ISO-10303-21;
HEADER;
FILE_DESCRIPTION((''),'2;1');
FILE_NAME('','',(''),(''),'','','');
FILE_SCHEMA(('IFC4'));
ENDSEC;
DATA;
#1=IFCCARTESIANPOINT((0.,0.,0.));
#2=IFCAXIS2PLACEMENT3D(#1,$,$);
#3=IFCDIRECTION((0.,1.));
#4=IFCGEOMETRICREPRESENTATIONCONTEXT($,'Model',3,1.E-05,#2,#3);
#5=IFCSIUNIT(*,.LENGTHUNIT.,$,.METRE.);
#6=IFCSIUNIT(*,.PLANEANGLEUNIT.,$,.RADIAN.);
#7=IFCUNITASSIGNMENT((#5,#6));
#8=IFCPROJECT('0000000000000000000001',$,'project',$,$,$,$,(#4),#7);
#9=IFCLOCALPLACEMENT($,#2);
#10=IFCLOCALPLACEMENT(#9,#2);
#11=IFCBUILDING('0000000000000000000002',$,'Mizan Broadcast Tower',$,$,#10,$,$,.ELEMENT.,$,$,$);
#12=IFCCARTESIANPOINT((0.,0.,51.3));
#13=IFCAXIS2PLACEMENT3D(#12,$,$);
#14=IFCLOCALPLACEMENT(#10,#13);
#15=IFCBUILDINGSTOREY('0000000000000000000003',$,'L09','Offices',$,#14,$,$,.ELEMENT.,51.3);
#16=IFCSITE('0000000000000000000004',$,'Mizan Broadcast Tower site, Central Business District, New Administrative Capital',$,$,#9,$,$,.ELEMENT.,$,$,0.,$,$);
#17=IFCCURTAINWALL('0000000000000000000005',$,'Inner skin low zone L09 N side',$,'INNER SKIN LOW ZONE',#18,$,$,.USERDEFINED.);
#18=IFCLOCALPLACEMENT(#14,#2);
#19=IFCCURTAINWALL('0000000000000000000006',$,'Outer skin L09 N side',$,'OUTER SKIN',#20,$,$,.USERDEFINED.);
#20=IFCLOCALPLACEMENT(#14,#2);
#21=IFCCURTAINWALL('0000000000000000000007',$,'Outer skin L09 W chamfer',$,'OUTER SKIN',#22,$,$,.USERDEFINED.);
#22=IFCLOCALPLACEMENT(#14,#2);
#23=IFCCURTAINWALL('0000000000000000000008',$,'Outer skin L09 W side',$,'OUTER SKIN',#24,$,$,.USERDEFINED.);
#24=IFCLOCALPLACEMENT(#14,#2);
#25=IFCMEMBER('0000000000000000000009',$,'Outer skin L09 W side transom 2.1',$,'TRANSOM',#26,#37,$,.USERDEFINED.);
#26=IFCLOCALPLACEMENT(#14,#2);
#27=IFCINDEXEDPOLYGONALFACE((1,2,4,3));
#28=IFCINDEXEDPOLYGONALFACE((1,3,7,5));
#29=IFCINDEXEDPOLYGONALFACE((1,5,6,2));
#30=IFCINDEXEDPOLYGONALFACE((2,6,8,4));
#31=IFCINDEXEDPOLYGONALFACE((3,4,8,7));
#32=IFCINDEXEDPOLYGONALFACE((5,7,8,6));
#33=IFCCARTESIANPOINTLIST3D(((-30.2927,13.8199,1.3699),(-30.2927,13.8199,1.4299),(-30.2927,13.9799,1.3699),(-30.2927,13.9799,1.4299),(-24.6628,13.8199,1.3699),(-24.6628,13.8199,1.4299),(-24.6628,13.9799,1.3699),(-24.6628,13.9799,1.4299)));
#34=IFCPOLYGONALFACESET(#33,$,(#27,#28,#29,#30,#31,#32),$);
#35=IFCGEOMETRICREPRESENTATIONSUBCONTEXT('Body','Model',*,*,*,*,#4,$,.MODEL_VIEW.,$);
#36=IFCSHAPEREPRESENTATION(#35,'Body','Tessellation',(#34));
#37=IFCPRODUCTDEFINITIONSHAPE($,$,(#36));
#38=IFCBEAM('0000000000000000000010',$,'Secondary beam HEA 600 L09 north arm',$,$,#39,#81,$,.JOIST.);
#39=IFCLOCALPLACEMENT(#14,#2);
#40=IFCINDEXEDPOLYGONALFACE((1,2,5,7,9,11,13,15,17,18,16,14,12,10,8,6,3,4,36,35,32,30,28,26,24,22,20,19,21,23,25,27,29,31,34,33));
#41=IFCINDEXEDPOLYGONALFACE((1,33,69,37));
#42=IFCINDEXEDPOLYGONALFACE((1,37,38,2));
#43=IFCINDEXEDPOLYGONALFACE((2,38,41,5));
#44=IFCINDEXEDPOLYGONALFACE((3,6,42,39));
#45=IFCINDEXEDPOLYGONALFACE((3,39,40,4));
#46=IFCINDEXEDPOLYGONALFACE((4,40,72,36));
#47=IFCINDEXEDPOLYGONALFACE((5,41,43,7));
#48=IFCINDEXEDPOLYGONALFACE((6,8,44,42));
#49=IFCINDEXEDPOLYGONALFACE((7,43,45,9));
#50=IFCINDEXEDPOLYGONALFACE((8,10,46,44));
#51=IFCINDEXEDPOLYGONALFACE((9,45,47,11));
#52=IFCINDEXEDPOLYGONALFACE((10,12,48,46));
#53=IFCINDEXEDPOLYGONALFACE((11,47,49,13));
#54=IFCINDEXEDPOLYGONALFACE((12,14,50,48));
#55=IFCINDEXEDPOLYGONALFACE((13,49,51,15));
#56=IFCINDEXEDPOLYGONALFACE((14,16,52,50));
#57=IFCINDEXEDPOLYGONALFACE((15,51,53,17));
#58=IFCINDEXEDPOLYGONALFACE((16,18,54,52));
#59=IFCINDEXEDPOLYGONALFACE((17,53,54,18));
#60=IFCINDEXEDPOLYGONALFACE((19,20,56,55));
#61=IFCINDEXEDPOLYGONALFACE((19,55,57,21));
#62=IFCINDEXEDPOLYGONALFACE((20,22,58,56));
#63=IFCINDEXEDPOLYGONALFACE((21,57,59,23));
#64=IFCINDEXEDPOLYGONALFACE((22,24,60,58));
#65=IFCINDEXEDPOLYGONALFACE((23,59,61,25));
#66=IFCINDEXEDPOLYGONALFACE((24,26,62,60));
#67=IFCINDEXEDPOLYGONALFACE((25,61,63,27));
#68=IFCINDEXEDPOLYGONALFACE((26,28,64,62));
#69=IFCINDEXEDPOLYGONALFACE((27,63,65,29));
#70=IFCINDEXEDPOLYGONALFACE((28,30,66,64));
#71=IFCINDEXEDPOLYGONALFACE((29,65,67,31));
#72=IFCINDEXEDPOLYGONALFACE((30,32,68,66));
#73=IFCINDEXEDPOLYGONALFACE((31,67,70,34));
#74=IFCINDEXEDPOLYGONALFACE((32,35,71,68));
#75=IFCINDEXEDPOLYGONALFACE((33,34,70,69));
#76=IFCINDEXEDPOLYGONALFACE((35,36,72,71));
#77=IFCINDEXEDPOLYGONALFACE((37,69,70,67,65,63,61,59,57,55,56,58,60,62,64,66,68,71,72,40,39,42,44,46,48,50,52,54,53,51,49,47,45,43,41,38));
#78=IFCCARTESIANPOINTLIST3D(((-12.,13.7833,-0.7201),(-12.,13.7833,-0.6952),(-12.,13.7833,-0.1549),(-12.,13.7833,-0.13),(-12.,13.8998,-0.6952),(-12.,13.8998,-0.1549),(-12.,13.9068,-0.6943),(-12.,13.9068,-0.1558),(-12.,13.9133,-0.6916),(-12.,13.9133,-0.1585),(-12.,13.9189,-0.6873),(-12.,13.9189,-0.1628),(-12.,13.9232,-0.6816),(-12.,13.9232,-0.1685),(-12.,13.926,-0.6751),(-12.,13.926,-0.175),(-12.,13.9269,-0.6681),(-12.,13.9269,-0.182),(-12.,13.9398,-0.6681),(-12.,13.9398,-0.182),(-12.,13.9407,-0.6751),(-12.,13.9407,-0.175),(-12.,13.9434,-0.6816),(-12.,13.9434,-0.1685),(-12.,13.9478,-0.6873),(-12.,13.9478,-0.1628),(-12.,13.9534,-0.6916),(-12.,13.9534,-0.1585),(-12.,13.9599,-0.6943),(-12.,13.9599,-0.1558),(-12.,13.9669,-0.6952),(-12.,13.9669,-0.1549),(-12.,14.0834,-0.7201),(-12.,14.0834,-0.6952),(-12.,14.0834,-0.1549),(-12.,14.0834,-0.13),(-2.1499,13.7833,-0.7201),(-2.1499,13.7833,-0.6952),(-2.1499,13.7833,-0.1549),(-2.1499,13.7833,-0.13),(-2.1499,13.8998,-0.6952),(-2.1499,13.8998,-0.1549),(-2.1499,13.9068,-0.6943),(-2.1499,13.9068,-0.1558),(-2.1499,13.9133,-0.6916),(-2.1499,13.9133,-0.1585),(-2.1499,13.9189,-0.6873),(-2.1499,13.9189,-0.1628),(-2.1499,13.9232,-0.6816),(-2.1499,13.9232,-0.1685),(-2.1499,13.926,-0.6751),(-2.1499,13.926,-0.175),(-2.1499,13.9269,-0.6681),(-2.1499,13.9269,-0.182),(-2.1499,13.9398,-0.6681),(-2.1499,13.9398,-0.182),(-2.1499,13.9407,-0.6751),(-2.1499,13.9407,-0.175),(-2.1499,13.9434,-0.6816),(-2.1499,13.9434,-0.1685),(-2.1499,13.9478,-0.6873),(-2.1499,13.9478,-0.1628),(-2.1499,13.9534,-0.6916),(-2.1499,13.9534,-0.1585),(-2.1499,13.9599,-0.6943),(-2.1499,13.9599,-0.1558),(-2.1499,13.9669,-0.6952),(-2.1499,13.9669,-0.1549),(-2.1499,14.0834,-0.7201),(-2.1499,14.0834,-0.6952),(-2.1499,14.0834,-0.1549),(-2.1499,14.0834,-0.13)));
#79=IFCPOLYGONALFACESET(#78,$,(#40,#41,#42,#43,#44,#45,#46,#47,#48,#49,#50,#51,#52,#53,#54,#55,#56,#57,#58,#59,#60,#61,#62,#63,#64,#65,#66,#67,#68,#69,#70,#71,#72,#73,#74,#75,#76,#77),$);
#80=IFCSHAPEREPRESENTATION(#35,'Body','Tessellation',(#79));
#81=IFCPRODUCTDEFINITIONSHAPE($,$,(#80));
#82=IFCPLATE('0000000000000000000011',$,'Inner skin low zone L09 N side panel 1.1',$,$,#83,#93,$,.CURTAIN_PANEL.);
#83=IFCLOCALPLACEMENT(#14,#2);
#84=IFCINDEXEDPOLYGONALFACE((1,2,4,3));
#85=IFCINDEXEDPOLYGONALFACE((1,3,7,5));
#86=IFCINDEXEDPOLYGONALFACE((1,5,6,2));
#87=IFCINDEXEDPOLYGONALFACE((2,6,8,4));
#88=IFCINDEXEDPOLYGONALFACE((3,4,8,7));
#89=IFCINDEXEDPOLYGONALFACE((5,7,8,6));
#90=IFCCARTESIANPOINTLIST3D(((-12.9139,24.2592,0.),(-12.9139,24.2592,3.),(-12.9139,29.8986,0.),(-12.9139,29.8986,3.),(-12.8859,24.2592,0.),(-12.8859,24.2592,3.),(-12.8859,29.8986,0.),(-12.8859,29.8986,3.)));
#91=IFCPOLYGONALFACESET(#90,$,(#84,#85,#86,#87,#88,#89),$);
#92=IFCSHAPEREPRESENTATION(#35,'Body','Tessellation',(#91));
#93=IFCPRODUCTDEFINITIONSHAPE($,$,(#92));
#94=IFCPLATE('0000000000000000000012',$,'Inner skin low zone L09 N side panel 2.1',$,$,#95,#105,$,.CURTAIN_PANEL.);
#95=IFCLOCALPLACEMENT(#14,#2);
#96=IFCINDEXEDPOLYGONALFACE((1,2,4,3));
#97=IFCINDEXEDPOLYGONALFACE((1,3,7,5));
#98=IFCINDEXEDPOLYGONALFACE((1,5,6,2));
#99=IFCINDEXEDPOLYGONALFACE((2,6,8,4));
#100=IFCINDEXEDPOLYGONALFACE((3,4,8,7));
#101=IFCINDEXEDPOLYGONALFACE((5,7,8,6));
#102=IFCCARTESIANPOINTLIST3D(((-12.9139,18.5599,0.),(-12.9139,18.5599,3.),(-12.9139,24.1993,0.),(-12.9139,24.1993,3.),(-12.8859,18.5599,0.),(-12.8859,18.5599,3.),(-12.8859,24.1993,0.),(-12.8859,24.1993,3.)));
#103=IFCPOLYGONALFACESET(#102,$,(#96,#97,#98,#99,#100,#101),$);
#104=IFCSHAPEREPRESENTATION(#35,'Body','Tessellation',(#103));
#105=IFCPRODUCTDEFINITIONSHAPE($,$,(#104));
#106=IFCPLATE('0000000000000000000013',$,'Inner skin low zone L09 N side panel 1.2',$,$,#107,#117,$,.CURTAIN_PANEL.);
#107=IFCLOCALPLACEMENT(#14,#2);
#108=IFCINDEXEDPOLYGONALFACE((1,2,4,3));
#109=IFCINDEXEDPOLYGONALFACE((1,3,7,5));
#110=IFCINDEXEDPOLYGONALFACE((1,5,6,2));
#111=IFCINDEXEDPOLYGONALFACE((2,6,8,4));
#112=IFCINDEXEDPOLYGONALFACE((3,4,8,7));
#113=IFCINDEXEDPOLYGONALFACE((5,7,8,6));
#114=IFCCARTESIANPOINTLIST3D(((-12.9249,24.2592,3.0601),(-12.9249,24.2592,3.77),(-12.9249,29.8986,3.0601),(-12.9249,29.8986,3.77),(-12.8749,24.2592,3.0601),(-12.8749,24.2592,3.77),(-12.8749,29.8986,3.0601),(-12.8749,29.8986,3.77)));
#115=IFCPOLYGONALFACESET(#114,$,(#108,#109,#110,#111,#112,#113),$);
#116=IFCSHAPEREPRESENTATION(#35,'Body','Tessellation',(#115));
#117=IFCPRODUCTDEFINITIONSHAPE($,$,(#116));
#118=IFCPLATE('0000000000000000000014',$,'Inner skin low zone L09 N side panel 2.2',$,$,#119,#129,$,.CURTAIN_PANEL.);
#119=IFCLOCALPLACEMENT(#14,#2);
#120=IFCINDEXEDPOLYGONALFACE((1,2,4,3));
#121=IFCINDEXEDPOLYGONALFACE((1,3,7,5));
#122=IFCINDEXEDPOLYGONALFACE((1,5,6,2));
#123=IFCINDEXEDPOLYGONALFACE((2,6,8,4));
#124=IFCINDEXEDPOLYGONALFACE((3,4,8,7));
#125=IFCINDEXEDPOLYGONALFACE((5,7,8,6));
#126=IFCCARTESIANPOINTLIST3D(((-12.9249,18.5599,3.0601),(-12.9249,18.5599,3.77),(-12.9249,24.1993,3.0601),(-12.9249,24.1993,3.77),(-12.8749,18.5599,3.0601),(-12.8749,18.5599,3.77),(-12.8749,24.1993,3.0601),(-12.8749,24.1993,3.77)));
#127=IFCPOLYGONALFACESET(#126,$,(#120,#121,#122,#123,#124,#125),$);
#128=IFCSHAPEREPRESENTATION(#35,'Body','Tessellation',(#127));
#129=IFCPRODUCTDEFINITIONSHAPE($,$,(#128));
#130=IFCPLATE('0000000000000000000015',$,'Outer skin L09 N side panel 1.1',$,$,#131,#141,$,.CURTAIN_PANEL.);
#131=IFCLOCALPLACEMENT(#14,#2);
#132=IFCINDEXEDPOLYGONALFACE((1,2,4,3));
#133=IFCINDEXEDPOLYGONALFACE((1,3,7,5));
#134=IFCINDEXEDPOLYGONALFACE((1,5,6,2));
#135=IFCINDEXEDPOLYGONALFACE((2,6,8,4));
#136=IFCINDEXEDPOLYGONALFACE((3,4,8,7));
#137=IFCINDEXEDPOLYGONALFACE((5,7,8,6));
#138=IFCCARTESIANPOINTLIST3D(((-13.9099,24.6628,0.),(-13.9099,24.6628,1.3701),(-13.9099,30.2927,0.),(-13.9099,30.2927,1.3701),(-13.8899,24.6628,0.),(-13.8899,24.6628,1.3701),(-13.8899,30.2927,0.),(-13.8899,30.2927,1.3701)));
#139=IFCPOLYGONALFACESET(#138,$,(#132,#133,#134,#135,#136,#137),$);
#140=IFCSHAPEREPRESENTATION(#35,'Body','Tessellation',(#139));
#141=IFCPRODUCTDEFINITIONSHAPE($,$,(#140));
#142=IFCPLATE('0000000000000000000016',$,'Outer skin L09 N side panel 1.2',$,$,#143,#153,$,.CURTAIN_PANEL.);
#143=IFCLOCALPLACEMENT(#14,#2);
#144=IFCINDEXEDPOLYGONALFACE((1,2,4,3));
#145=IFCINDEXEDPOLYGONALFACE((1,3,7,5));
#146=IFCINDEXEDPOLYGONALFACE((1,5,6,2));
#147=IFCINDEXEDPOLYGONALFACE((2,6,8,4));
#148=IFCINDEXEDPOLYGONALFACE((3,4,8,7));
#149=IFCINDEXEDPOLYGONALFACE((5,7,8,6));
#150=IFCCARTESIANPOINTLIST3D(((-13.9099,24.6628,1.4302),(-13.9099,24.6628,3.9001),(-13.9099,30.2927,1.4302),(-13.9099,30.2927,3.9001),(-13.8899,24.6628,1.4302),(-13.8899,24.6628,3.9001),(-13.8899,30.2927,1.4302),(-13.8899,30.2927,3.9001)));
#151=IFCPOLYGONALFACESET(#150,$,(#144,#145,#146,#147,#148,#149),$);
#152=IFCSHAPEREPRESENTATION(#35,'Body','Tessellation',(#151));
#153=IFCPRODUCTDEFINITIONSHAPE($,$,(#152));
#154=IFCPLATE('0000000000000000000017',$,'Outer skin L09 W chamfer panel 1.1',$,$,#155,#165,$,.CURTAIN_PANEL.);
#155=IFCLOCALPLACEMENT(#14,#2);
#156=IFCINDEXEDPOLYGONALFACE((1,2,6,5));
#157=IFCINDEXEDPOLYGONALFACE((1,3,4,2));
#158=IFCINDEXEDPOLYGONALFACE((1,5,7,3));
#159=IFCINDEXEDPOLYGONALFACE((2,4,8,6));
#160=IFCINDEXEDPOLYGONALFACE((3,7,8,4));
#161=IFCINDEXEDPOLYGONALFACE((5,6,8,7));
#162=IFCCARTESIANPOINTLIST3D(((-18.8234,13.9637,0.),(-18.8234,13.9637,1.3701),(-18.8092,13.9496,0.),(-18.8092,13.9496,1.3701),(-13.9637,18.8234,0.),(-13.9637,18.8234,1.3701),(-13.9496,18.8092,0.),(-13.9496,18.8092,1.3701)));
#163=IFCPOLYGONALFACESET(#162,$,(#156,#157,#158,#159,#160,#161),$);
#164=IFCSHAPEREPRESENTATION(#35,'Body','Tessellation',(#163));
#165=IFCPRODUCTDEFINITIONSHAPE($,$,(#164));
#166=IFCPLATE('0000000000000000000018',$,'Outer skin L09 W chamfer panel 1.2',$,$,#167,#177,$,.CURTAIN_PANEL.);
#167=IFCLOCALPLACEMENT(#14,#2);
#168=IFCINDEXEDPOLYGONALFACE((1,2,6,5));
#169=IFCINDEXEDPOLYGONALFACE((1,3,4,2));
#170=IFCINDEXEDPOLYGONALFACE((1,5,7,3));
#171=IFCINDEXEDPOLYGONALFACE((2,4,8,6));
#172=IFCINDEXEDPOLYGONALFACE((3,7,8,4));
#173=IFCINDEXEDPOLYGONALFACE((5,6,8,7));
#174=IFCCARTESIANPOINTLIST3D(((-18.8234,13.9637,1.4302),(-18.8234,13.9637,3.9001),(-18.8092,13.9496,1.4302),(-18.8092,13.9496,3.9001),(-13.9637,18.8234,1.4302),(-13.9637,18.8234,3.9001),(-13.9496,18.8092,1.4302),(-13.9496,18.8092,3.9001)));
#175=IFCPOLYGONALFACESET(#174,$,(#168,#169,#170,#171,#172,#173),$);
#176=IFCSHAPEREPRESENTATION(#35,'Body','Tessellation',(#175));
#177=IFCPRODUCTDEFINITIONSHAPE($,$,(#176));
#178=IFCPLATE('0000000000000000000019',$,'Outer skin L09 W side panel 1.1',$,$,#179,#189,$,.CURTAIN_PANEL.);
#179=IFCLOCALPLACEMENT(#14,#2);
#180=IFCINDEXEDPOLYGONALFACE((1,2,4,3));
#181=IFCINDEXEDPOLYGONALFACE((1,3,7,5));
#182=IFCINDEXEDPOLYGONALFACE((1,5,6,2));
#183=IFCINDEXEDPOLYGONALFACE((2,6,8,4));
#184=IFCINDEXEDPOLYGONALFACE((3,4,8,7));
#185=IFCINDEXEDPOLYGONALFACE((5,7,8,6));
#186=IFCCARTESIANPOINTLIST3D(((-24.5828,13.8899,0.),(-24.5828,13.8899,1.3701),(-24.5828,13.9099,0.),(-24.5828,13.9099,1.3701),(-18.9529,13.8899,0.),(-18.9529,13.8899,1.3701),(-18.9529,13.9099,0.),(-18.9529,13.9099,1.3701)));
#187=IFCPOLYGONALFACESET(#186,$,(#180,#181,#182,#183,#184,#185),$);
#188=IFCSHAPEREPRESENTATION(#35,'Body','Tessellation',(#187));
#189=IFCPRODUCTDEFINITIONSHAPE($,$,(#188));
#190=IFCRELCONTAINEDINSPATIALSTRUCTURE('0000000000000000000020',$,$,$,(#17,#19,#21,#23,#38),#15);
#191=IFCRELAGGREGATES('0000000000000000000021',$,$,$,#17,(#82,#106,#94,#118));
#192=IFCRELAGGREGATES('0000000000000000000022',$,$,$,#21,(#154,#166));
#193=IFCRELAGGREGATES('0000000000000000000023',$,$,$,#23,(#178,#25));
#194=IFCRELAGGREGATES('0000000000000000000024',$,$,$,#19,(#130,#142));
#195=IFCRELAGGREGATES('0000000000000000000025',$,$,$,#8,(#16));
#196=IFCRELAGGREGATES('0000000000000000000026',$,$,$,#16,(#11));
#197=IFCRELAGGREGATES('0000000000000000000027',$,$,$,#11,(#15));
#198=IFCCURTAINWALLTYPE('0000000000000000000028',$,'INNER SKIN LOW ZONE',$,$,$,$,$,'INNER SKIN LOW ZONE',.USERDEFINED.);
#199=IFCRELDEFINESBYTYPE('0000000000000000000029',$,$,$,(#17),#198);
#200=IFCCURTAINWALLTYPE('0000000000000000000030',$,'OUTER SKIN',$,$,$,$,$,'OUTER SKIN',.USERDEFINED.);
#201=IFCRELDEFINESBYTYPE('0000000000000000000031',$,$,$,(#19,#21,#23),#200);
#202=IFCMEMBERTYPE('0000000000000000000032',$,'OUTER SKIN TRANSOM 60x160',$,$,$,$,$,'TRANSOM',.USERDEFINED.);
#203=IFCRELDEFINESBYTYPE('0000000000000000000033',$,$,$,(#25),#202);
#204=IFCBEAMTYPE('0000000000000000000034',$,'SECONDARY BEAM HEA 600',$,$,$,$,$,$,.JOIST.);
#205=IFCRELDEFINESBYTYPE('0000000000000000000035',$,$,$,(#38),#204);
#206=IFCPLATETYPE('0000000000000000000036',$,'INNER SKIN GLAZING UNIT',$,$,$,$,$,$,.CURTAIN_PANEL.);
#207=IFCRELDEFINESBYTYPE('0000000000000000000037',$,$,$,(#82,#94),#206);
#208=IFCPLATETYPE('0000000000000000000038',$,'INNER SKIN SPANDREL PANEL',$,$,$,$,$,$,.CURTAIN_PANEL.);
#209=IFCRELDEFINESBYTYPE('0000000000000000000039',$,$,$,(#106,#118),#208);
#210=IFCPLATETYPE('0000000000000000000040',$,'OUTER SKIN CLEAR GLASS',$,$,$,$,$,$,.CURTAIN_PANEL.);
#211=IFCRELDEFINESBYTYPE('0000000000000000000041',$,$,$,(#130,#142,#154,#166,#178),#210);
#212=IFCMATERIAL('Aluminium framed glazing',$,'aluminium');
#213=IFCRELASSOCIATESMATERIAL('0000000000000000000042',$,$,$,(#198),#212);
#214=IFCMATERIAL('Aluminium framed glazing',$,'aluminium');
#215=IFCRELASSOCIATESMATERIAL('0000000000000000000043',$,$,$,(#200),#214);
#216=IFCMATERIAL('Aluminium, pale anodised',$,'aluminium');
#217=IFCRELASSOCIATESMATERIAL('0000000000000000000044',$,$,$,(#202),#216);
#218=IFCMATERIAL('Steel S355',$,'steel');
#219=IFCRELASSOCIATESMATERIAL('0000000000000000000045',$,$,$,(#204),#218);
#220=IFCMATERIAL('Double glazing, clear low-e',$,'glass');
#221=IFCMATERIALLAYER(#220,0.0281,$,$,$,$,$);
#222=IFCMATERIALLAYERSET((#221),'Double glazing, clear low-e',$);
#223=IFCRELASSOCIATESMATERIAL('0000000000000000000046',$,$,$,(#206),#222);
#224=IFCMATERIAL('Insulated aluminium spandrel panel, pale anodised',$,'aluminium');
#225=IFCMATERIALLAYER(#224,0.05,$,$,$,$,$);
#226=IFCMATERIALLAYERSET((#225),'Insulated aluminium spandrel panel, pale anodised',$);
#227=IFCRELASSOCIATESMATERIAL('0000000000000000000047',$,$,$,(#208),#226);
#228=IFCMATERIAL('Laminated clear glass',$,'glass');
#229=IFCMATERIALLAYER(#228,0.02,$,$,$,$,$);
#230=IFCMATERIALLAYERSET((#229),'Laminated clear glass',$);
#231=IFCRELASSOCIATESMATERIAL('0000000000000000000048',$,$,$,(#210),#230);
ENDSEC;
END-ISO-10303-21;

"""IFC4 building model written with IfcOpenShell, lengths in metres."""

from ifc_helpers import new_model, si_unit, direction, frame, origin, origin_2d, place, context, subcontext, project, spatial, rectangle, i_section, extrude, material, layer, layer_set, material_profile, profile_set, type_object, element, aggregate, save


model = new_model("IFC4")

# Units and contexts
model_context = context("Model", 3, precision=1e-05, world=origin(), true_north=direction((0.0, 1.0)))
body_context = subcontext(model_context, "Body", "Model", "MODEL_VIEW")
ifc_project = project(units=[si_unit("LENGTHUNIT", "METRE"), si_unit("PLANEANGLEUNIT", "RADIAN")], contexts=[model_context])

# Site, building, storey
site_placement = place(None, origin())
site = spatial("IfcSite", under=ifc_project, at=site_placement, Name="Mizan Broadcast Tower site, Central Business District, New Administrative Capital", CompositionType="ELEMENT", RefElevation=0.0)
building_placement = place(site_placement, origin())
building = spatial("IfcBuilding", under=site, at=building_placement, Name="Mizan Broadcast Tower", CompositionType="ELEMENT")
storey_placement = place(building_placement, frame((0.0, 0.0, 51.3)))
storey = spatial("IfcBuildingStorey", under=building, at=storey_placement, Name="L09", Description="Offices", CompositionType="ELEMENT", Elevation=51.3)

# Shared definitions
ifc_material_1 = material(Name="Aluminium framed glazing", Category="aluminium")
curtain_wall_type_1 = type_object("IfcCurtainWallType", Name="INNER SKIN LOW ZONE", ElementType="INNER SKIN LOW ZONE", PredefinedType="USERDEFINED", material=ifc_material_1)

# Curtain wall
curtain_wall_1_placement = place(storey_placement, origin())
curtain_wall_1 = element("IfcCurtainWall", 1, at=curtain_wall_1_placement, inside=storey, type_object=curtain_wall_type_1, Name="Inner skin low zone L09 N side", ObjectType="INNER SKIN LOW ZONE", PredefinedType="USERDEFINED")

# Shared definitions
ifc_material_2 = material(Name="Aluminium framed glazing", Category="aluminium")
curtain_wall_type_2 = type_object("IfcCurtainWallType", Name="OUTER SKIN", ElementType="OUTER SKIN", PredefinedType="USERDEFINED", material=ifc_material_2)

# Curtain wall
curtain_wall_2_placement = place(storey_placement, origin())
curtain_wall_2 = element("IfcCurtainWall", 2, at=curtain_wall_2_placement, inside=storey, type_object=curtain_wall_type_2, Name="Outer skin L09 N side", ObjectType="OUTER SKIN", PredefinedType="USERDEFINED")

# Curtain walls
curtain_wall_3_placement = place(storey_placement, origin())
curtain_wall_3 = element("IfcCurtainWall", 3, at=curtain_wall_3_placement, inside=storey, type_object=curtain_wall_type_2, Name="Outer skin L09 W chamfer", ObjectType="OUTER SKIN", PredefinedType="USERDEFINED")
curtain_wall_4_placement = place(storey_placement, origin())
curtain_wall_4 = element("IfcCurtainWall", 4, at=curtain_wall_4_placement, inside=storey, type_object=curtain_wall_type_2, Name="Outer skin L09 W side", ObjectType="OUTER SKIN", PredefinedType="USERDEFINED")

# Member
ifc_material_3 = material(Name="Aluminium, pale anodised", Category="aluminium")
ifc_material_profile_1 = material_profile(ifc_material_3, rectangle(XDim=0.1599, YDim=0.0601, at=origin_2d()), Name="TRANSOM 160x60")
ifc_profile_set_1 = profile_set([ifc_material_profile_1], Name="Aluminium, pale anodised")
member_type_1 = type_object("IfcMemberType", Name="OUTER SKIN TRANSOM 60x160", ElementType="TRANSOM", PredefinedType="USERDEFINED", material=ifc_profile_set_1)
member_1_placement = place(storey_placement, frame((-24.6628, 13.8999, 1.3999), z_axis=(-1.0, 0.0, 0.0), x_axis=(0.0, -1.0, 0.0)))
member_1 = element("IfcMember", 5, at=member_1_placement, type_object=member_type_1, Name="Outer skin L09 W side transom 2.1", ObjectType="TRANSOM", PredefinedType="USERDEFINED", context=body_context, shape_type="SweptSolid", body=[
    extrude(rectangle(XDim=0.1599, YDim=0.0601, at=origin_2d()), origin(), (0.0, 0.0, 1.0), 5.6299),
])

# Beam
ifc_material_4 = material(Name="Steel S355", Category="steel")
ifc_material_profile_2 = material_profile(ifc_material_4, i_section(OverallWidth=0.3, OverallDepth=0.5901, WebThickness=0.0129, FlangeThickness=0.0249, FilletRadius=0.0271, at=origin_2d()), Name="HEA 600")
ifc_profile_set_2 = profile_set([ifc_material_profile_2], Name="Steel S355")
beam_type = type_object("IfcBeamType", Name="SECONDARY BEAM HEA 600", PredefinedType="JOIST", material=ifc_profile_set_2)
beam_placement = place(storey_placement, frame((-12.0, 13.9333, -0.425), z_axis=(1.0, 0.0, 0.0), x_axis=(0.0, 1.0, 0.0)))
element("IfcBeam", 6, at=beam_placement, inside=storey, type_object=beam_type, Name="Secondary beam HEA 600 L09 north arm", PredefinedType="JOIST", context=body_context, shape_type="SweptSolid", body=[
    extrude(i_section(OverallWidth=0.3, OverallDepth=0.5901, WebThickness=0.0129, FlangeThickness=0.0249, FilletRadius=0.0271, at=origin_2d()), origin(), (0.0, 0.0, 1.0), 9.8501),
])

# Plates
ifc_material_5 = material(Name="Double glazing, clear low-e", Category="glass")
ifc_layer_1 = layer(ifc_material_5, 0.0281)
ifc_layer_set_1 = layer_set([ifc_layer_1], Name="Double glazing, clear low-e")
plate_type_1 = type_object("IfcPlateType", Name="INNER SKIN GLAZING UNIT", PredefinedType="CURTAIN_PANEL", material=ifc_layer_set_1)
plate_1_placement = place(storey_placement, frame((-12.8999, 27.0789, 0.0), z_axis=(0.0, 0.0, 1.0), x_axis=(0.0, -1.0, 0.0)))
plate_1 = element("IfcPlate", 7, at=plate_1_placement, type_object=plate_type_1, Name="Inner skin low zone L09 N side panel 1.1", PredefinedType="CURTAIN_PANEL", context=body_context, shape_type="SweptSolid", body=[
    extrude(rectangle(XDim=5.6394, YDim=0.0281, at=origin_2d()), origin(), (0.0, 0.0, 1.0), 3.0),
])
plate_2_placement = place(storey_placement, frame((-12.8999, 21.3796, 0.0), z_axis=(0.0, 0.0, 1.0), x_axis=(0.0, -1.0, 0.0)))
plate_2 = element("IfcPlate", 8, at=plate_2_placement, type_object=plate_type_1, Name="Inner skin low zone L09 N side panel 2.1", PredefinedType="CURTAIN_PANEL", context=body_context, shape_type="SweptSolid", body=[
    extrude(rectangle(XDim=5.6394, YDim=0.0281, at=origin_2d()), origin(), (0.0, 0.0, 1.0), 3.0),
])
ifc_material_6 = material(Name="Insulated aluminium spandrel panel, pale anodised", Category="aluminium")
ifc_layer_2 = layer(ifc_material_6, 0.05)
ifc_layer_set_2 = layer_set([ifc_layer_2], Name="Insulated aluminium spandrel panel, pale anodised")
plate_type_2 = type_object("IfcPlateType", Name="INNER SKIN SPANDREL PANEL", PredefinedType="CURTAIN_PANEL", material=ifc_layer_set_2)
plate_3_placement = place(storey_placement, frame((-12.8999, 27.0789, 3.0601), z_axis=(0.0, 0.0, 1.0), x_axis=(0.0, -1.0, 0.0)))
plate_3 = element("IfcPlate", 9, at=plate_3_placement, type_object=plate_type_2, Name="Inner skin low zone L09 N side panel 1.2", PredefinedType="CURTAIN_PANEL", context=body_context, shape_type="SweptSolid", body=[
    extrude(rectangle(XDim=5.6394, YDim=0.05, at=origin_2d()), origin(), (0.0, 0.0, 1.0), 0.71),
])
plate_4_placement = place(storey_placement, frame((-12.8999, 21.3796, 3.0601), z_axis=(0.0, 0.0, 1.0), x_axis=(0.0, -1.0, 0.0)))
plate_4 = element("IfcPlate", 10, at=plate_4_placement, type_object=plate_type_2, Name="Inner skin low zone L09 N side panel 2.2", PredefinedType="CURTAIN_PANEL", context=body_context, shape_type="SweptSolid", body=[
    extrude(rectangle(XDim=5.6394, YDim=0.05, at=origin_2d()), origin(), (0.0, 0.0, 1.0), 0.71),
])
aggregate(curtain_wall_1, [plate_1, plate_3, plate_2, plate_4])
ifc_material_7 = material(Name="Laminated clear glass", Category="glass")
ifc_layer_3 = layer(ifc_material_7, 0.02)
ifc_layer_set_3 = layer_set([ifc_layer_3], Name="Laminated clear glass")
plate_type_3 = type_object("IfcPlateType", Name="OUTER SKIN CLEAR GLASS", PredefinedType="CURTAIN_PANEL", material=ifc_layer_set_3)
plate_5_placement = place(storey_placement, frame((-13.8999, 27.4778, 0.0), z_axis=(0.0, 0.0, 1.0), x_axis=(0.0, -1.0, 0.0)))
plate_5 = element("IfcPlate", 11, at=plate_5_placement, type_object=plate_type_3, Name="Outer skin L09 N side panel 1.1", PredefinedType="CURTAIN_PANEL", context=body_context, shape_type="SweptSolid", body=[
    extrude(rectangle(XDim=5.6299, YDim=0.02, at=origin_2d()), origin(), (0.0, 0.0, 1.0), 1.3701),
])
plate_6_placement = place(storey_placement, frame((-13.8999, 27.4778, 1.4302), z_axis=(0.0, 0.0, 1.0), x_axis=(0.0, -1.0, 0.0)))
plate_6 = element("IfcPlate", 12, at=plate_6_placement, type_object=plate_type_3, Name="Outer skin L09 N side panel 1.2", PredefinedType="CURTAIN_PANEL", context=body_context, shape_type="SweptSolid", body=[
    extrude(rectangle(XDim=5.6299, YDim=0.02, at=origin_2d()), origin(), (0.0, 0.0, 1.0), 2.47),
])
plate_7_placement = place(storey_placement, frame((-16.3865, 16.3865, 0.0), z_axis=(0.0, 0.0, 1.0), x_axis=(-0.707107, -0.707107, 0.0)))
plate_7 = element("IfcPlate", 13, at=plate_7_placement, type_object=plate_type_3, Name="Outer skin L09 W chamfer panel 1.1", PredefinedType="CURTAIN_PANEL", context=body_context, shape_type="SweptSolid", body=[
    extrude(rectangle(XDim=6.8726, YDim=0.02, at=origin_2d()), origin(), (0.0, 0.0, 1.0), 1.3701),
])
plate_8_placement = place(storey_placement, frame((-16.3865, 16.3865, 1.4302), z_axis=(0.0, 0.0, 1.0), x_axis=(-0.707107, -0.707107, 0.0)))
plate_8 = element("IfcPlate", 14, at=plate_8_placement, type_object=plate_type_3, Name="Outer skin L09 W chamfer panel 1.2", PredefinedType="CURTAIN_PANEL", context=body_context, shape_type="SweptSolid", body=[
    extrude(rectangle(XDim=6.8726, YDim=0.02, at=origin_2d()), origin(), (0.0, 0.0, 1.0), 2.47),
])
aggregate(curtain_wall_3, [plate_7, plate_8])
plate_9_placement = place(storey_placement, frame((-21.7678, 13.8999, 0.0), z_axis=(0.0, 0.0, 1.0), x_axis=(-1.0, 0.0, 0.0)))
plate_9 = element("IfcPlate", 15, at=plate_9_placement, type_object=plate_type_3, Name="Outer skin L09 W side panel 1.1", PredefinedType="CURTAIN_PANEL", context=body_context, shape_type="SweptSolid", body=[
    extrude(rectangle(XDim=5.6299, YDim=0.02, at=origin_2d()), origin(), (0.0, 0.0, 1.0), 1.3701),
])
aggregate(curtain_wall_4, [plate_9, member_1])
aggregate(curtain_wall_2, [plate_5, plate_6])

save(model, "model.ifc")
